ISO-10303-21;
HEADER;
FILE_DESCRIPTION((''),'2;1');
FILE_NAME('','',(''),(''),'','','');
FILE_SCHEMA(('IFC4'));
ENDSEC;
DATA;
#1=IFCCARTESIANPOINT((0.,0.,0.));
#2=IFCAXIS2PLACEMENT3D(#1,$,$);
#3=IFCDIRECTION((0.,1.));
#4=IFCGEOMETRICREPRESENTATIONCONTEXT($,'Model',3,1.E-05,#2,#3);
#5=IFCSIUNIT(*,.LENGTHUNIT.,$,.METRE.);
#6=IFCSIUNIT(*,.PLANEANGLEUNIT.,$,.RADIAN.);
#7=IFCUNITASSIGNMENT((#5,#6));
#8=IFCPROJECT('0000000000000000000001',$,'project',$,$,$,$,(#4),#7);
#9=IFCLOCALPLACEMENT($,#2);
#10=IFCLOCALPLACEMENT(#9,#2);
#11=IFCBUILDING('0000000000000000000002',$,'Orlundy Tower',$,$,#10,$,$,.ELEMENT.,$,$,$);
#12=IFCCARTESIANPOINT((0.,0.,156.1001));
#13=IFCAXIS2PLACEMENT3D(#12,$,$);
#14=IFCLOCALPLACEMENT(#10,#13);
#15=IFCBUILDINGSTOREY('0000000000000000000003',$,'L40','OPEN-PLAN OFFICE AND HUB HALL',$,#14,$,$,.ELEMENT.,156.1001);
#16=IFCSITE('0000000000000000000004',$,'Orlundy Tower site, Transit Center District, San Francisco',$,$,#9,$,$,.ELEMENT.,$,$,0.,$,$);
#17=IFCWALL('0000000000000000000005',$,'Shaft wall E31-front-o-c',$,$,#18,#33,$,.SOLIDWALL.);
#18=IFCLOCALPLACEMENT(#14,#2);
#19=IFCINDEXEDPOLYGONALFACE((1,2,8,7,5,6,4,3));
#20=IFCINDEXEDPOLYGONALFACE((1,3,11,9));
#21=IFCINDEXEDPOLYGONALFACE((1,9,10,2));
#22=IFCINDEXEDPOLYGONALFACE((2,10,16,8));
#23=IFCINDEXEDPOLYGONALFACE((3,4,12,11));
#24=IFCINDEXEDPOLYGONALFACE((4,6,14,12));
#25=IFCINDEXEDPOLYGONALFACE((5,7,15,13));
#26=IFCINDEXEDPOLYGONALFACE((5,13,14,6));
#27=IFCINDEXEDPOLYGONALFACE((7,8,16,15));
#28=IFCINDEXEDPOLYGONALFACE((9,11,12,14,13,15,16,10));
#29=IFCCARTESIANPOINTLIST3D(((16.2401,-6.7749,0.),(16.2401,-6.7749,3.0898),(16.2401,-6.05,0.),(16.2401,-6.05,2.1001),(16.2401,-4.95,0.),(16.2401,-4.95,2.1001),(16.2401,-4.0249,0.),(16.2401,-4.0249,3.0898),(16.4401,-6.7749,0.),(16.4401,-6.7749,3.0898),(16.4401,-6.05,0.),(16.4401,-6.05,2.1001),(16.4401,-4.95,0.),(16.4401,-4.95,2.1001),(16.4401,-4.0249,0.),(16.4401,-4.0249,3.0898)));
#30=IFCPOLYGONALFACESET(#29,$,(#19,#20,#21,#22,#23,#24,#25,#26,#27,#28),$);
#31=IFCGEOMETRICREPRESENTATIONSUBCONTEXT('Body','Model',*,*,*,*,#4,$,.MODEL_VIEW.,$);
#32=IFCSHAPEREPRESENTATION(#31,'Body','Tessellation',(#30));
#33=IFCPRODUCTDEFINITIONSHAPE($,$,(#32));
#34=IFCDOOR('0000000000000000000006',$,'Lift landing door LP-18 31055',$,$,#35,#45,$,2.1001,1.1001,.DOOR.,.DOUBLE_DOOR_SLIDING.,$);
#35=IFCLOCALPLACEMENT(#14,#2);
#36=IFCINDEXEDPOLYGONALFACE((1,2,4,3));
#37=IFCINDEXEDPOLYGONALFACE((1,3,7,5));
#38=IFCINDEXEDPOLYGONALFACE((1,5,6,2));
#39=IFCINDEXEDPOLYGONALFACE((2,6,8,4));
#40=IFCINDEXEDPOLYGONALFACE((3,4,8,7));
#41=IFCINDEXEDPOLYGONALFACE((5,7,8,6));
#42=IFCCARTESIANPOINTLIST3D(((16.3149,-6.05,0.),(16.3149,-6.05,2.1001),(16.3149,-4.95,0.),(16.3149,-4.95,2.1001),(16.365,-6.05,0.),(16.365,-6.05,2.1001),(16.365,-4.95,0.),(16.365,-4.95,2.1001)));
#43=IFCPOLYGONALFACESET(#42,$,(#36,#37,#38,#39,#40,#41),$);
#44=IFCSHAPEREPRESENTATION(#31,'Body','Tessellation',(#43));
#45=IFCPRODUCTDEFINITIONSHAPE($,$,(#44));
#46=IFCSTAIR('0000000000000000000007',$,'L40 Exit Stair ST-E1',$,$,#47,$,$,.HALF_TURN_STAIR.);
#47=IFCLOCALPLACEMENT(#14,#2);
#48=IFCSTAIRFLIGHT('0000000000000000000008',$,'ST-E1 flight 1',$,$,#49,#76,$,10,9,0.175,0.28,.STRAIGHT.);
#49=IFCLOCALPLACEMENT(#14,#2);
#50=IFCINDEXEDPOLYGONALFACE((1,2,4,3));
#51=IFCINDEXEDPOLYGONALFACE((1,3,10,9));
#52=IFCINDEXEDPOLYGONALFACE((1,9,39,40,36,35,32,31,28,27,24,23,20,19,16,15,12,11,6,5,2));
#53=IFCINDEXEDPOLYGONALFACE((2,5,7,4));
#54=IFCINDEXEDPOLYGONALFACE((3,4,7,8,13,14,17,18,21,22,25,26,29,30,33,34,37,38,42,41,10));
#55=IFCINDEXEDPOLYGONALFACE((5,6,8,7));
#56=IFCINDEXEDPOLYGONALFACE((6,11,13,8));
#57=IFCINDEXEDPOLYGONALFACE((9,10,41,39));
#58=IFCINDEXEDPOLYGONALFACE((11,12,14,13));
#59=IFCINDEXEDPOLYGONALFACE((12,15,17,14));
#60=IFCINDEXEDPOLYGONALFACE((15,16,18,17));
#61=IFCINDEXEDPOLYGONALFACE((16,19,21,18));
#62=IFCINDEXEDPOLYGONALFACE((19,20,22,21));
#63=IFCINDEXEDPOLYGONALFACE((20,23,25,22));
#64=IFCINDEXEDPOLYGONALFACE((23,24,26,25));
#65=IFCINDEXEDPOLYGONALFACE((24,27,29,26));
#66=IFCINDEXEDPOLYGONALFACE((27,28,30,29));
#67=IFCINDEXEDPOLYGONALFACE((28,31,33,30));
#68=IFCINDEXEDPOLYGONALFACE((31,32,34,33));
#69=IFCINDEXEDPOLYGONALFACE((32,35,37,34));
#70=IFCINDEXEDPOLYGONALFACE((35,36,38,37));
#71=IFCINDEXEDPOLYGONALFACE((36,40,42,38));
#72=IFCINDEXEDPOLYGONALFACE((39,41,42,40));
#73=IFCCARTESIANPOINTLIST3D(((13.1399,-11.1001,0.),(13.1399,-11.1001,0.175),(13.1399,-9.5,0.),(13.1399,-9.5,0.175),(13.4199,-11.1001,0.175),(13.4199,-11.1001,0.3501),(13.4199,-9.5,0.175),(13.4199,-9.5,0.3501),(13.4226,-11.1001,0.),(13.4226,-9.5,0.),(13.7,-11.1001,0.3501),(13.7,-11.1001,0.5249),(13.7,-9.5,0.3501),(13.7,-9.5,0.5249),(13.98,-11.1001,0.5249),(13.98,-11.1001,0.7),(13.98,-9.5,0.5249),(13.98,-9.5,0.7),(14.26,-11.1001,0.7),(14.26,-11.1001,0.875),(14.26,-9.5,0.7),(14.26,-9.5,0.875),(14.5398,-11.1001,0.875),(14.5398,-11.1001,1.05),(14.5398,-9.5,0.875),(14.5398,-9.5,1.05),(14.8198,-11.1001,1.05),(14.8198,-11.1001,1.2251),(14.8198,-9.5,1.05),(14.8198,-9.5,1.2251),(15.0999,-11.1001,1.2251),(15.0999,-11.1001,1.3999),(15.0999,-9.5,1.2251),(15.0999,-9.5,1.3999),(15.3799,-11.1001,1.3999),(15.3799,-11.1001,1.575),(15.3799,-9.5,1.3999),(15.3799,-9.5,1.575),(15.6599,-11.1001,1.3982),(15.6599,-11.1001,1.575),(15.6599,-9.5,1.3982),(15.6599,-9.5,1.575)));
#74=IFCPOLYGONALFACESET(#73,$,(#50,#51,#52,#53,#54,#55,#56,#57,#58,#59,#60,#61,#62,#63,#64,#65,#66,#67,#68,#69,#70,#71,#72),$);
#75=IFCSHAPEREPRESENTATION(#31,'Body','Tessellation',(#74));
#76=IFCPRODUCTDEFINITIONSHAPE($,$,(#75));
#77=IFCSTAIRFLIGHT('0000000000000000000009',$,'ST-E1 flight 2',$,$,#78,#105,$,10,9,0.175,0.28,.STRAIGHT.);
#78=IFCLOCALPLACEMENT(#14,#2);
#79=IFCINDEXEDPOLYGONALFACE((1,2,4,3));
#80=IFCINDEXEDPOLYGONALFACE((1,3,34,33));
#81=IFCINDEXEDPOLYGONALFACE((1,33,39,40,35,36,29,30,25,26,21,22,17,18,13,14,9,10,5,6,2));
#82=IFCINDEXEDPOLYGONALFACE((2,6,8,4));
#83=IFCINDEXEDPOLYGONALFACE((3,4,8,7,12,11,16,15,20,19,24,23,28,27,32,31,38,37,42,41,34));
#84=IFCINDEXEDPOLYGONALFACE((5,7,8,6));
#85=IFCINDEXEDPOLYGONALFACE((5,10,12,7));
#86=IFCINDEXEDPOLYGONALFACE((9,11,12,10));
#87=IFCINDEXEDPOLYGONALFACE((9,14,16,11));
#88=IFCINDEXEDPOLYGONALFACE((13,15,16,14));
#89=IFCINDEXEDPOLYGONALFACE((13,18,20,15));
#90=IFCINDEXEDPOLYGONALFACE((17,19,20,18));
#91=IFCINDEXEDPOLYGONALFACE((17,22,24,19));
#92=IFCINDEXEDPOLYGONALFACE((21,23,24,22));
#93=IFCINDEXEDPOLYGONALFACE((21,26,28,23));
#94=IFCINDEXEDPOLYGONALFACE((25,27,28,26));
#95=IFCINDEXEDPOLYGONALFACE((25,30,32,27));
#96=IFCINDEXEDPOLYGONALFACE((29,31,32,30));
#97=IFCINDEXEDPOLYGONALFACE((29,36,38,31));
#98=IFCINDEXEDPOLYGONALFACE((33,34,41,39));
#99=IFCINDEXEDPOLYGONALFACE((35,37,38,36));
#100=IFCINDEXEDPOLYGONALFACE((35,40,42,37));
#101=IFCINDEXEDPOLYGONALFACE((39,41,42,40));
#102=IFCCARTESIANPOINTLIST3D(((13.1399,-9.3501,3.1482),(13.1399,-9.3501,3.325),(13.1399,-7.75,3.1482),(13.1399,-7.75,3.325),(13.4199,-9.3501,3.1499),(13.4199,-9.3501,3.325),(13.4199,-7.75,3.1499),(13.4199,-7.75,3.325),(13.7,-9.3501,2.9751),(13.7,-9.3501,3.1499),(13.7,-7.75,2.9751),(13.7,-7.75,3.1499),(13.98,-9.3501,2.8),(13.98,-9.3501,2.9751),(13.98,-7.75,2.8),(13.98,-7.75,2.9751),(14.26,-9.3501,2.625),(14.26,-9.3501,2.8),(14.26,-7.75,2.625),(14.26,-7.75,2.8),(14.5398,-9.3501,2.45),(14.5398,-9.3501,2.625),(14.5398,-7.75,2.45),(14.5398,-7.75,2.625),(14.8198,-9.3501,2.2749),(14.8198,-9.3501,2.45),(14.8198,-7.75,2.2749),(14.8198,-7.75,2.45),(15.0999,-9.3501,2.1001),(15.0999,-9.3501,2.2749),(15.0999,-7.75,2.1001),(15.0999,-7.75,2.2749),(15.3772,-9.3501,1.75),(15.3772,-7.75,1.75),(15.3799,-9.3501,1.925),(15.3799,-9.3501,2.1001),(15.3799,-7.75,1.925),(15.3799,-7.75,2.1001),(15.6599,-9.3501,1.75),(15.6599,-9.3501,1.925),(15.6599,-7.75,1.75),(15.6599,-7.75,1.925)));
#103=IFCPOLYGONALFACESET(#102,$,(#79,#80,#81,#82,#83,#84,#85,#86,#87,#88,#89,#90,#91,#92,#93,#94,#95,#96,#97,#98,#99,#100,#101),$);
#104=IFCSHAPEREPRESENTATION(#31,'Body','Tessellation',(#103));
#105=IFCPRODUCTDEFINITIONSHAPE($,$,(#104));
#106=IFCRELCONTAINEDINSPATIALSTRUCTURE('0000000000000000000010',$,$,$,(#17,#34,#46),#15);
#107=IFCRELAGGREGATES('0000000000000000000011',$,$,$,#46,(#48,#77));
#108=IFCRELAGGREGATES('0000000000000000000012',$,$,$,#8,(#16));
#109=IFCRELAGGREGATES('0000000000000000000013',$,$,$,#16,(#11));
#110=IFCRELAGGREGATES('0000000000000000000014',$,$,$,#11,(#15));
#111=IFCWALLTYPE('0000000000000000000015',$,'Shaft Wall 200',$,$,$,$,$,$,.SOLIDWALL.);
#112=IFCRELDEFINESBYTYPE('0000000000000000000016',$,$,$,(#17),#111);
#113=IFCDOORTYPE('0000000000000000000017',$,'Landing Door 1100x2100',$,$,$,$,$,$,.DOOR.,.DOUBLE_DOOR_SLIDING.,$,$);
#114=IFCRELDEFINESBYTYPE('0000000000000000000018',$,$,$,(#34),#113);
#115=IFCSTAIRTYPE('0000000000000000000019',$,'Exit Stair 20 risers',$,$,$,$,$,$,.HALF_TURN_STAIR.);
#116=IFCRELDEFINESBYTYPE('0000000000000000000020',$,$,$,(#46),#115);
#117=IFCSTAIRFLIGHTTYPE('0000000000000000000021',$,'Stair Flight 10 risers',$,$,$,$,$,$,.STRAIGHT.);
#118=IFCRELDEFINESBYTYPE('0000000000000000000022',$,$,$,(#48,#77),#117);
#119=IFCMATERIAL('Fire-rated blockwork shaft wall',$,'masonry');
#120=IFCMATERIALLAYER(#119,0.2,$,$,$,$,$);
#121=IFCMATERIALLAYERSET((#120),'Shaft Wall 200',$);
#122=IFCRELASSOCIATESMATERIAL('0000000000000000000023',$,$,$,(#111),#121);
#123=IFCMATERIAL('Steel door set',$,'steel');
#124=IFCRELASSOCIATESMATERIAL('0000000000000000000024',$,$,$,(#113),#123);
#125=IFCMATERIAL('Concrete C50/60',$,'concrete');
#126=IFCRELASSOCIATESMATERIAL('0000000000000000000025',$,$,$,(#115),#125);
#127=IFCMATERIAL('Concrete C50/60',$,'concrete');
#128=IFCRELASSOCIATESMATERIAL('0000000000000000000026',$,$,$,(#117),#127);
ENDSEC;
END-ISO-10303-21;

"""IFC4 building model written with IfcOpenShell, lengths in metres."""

from ifc_helpers import new_model, si_unit, direction, frame, frame_2d, origin, place, context, subcontext, project, spatial, polyline, rectangle, outline, extrude, material, layer, layer_set, type_object, element, fill, aggregate, save


model = new_model("IFC4")

# Units and contexts
model_context = context("Model", 3, precision=1e-05, world=origin(), true_north=direction((0.0, 1.0)))
body_context = subcontext(model_context, "Body", "Model", "MODEL_VIEW")
ifc_project = project(units=[si_unit("LENGTHUNIT", "METRE"), si_unit("PLANEANGLEUNIT", "RADIAN")], contexts=[model_context])

# Site, building, storey
site_placement = place(None, origin())
site = spatial("IfcSite", under=ifc_project, at=site_placement, Name="Orlundy Tower site, Transit Center District, San Francisco", CompositionType="ELEMENT", RefElevation=0.0)
building_placement = place(site_placement, origin())
building = spatial("IfcBuilding", under=site, at=building_placement, Name="Orlundy Tower", CompositionType="ELEMENT")
storey_placement = place(building_placement, frame((0.0, 0.0, 156.1001)))
storey = spatial("IfcBuildingStorey", under=building, at=storey_placement, Name="L40", Description="OPEN-PLAN OFFICE AND HUB HALL", CompositionType="ELEMENT", Elevation=156.1001)

# Shared definitions
ifc_material_1 = material(Name="Fire-rated blockwork shaft wall", Category="masonry")
ifc_layer_1 = layer(ifc_material_1, 0.2)
ifc_layer_set_1 = layer_set([ifc_layer_1], Name="Shaft Wall 200")
wall_type_1 = type_object("IfcWallType", Name="Shaft Wall 200", PredefinedType="SOLIDWALL", material=ifc_layer_set_1)

# Wall, opening, door
wall_1_placement = place(storey_placement, frame((16.3401, -4.0249, 0.0), z_axis=(0.0, 0.0, 1.0), x_axis=(0.0, -1.0, 0.0)))
wall_1 = element("IfcWall", 1, at=wall_1_placement, inside=storey, type_object=wall_type_1, Name="Shaft wall E31-front-o-c", PredefinedType="SOLIDWALL", context=body_context, shape_type="SweptSolid", body=[
    extrude(rectangle(XDim=2.75, YDim=0.2, at=frame_2d((1.375, 0.0))), origin(), (0.0, 0.0, 1.0), 3.0898),
])
opening_1_placement = place(wall_1_placement, frame((0.925, 0.0, 0.0)))
opening_1 = element("IfcOpeningElement", 2, at=opening_1_placement, cuts=wall_1, PredefinedType="OPENING", context=body_context, shape_type="SweptSolid", body=[
    extrude(rectangle(XDim=1.1001, YDim=2.1001, at=frame_2d((0.55, 1.05))), frame((0.0, 0.1101, 0.0), z_axis=(0.0, -1.0, 0.0), x_axis=(1.0, 0.0, 0.0)), (0.0, 0.0, 1.0), 0.2202),
])
ifc_material_2 = material(Name="Steel door set", Category="steel")
door_type_1 = type_object("IfcDoorType", Name="Landing Door 1100x2100", OperationType="DOUBLE_DOOR_SLIDING", PredefinedType="DOOR", material=ifc_material_2)
door_1_placement = place(opening_1_placement, origin())
door_1 = element("IfcDoor", 3, at=door_1_placement, inside=storey, type_object=door_type_1, Name="Lift landing door LP-18 31055", OperationType="DOUBLE_DOOR_SLIDING", OverallHeight=2.1001, OverallWidth=1.1001, PredefinedType="DOOR", context=body_context, shape_type="SweptSolid", body=[
    extrude(rectangle(XDim=1.1001, YDim=2.1001, at=frame_2d((0.55, 1.05))), frame((0.0, 0.0249, 0.0), z_axis=(0.0, -1.0, 0.0), x_axis=(1.0, 0.0, 0.0)), (0.0, 0.0, 1.0), 0.05),
])
fill(opening_1, door_1)

# Stair, stair flights
ifc_material_3 = material(Name="Concrete C50/60", Category="concrete")
stair_type = type_object("IfcStairType", Name="Exit Stair 20 risers", PredefinedType="HALF_TURN_STAIR", material=ifc_material_3)
stair_placement = place(storey_placement, origin())
stair = element("IfcStair", 4, at=stair_placement, inside=storey, type_object=stair_type, Name="L40 Exit Stair ST-E1", PredefinedType="HALF_TURN_STAIR")
ifc_material_4 = material(Name="Concrete C50/60", Category="concrete")
stair_flight_type = type_object("IfcStairFlightType", Name="Stair Flight 10 risers", PredefinedType="STRAIGHT", material=ifc_material_4)
stair_flight_1_placement = place(storey_placement, frame((13.1399, -10.3, 0.0), z_axis=(0.0, 0.0, 1.0), x_axis=(1.0, 0.0, 0.0)))
stair_flight_1 = element("IfcStairFlight", 5, at=stair_flight_1_placement, type_object=stair_flight_type, Name="ST-E1 flight 1", NumberOfRisers=10, NumberOfTreads=9, PredefinedType="STRAIGHT", RiserHeight=0.175, TreadLength=0.28, context=body_context, shape_type="SweptSolid", body=[
    extrude(outline(polyline([(0.0, 0.0), (0.0, 0.175), (0.28, 0.175), (0.28, 0.3501), (0.5601, 0.3501), (0.5601, 0.5249), (0.8401, 0.5249), (0.8401, 0.7), (1.1201, 0.7), (1.1201, 0.875), (1.3999, 0.875), (1.3999, 1.05), (1.6799, 1.05), (1.6799, 1.2251), (1.96, 1.2251), (1.96, 1.3999), (2.24, 1.3999), (2.24, 1.575), (2.52, 1.575), (2.52, 1.75), (2.52, 1.3982), (0.2827, 0.0), (0.0, 0.0)])), frame((0.0, 0.8, 0.0), z_axis=(0.0, -1.0, 0.0), x_axis=(1.0, 0.0, 0.0)), (0.0, 0.0, 1.0), 1.6001),
])
stair_flight_2_placement = place(storey_placement, frame((15.6599, -8.55, 1.75), z_axis=(0.0, 0.0, 1.0), x_axis=(-1.0, 0.0, 0.0)))
stair_flight_2 = element("IfcStairFlight", 6, at=stair_flight_2_placement, type_object=stair_flight_type, Name="ST-E1 flight 2", NumberOfRisers=10, NumberOfTreads=9, PredefinedType="STRAIGHT", RiserHeight=0.175, TreadLength=0.28, context=body_context, shape_type="SweptSolid", body=[
    extrude(outline(polyline([(0.0, 0.0), (0.0, 0.175), (0.28, 0.175), (0.28, 0.3501), (0.5601, 0.3501), (0.5601, 0.5249), (0.8401, 0.5249), (0.8401, 0.7), (1.1201, 0.7), (1.1201, 0.875), (1.3999, 0.875), (1.3999, 1.05), (1.6799, 1.05), (1.6799, 1.2251), (1.96, 1.2251), (1.96, 1.3999), (2.24, 1.3999), (2.24, 1.575), (2.52, 1.575), (2.52, 1.75), (2.52, 1.3982), (0.2827, 0.0), (0.0, 0.0)])), frame((0.0, 0.8, 0.0), z_axis=(0.0, -1.0, 0.0), x_axis=(1.0, 0.0, 0.0)), (0.0, 0.0, 1.0), 1.6001),
])
aggregate(stair, [stair_flight_1, stair_flight_2])

save(model, "model.ifc")
